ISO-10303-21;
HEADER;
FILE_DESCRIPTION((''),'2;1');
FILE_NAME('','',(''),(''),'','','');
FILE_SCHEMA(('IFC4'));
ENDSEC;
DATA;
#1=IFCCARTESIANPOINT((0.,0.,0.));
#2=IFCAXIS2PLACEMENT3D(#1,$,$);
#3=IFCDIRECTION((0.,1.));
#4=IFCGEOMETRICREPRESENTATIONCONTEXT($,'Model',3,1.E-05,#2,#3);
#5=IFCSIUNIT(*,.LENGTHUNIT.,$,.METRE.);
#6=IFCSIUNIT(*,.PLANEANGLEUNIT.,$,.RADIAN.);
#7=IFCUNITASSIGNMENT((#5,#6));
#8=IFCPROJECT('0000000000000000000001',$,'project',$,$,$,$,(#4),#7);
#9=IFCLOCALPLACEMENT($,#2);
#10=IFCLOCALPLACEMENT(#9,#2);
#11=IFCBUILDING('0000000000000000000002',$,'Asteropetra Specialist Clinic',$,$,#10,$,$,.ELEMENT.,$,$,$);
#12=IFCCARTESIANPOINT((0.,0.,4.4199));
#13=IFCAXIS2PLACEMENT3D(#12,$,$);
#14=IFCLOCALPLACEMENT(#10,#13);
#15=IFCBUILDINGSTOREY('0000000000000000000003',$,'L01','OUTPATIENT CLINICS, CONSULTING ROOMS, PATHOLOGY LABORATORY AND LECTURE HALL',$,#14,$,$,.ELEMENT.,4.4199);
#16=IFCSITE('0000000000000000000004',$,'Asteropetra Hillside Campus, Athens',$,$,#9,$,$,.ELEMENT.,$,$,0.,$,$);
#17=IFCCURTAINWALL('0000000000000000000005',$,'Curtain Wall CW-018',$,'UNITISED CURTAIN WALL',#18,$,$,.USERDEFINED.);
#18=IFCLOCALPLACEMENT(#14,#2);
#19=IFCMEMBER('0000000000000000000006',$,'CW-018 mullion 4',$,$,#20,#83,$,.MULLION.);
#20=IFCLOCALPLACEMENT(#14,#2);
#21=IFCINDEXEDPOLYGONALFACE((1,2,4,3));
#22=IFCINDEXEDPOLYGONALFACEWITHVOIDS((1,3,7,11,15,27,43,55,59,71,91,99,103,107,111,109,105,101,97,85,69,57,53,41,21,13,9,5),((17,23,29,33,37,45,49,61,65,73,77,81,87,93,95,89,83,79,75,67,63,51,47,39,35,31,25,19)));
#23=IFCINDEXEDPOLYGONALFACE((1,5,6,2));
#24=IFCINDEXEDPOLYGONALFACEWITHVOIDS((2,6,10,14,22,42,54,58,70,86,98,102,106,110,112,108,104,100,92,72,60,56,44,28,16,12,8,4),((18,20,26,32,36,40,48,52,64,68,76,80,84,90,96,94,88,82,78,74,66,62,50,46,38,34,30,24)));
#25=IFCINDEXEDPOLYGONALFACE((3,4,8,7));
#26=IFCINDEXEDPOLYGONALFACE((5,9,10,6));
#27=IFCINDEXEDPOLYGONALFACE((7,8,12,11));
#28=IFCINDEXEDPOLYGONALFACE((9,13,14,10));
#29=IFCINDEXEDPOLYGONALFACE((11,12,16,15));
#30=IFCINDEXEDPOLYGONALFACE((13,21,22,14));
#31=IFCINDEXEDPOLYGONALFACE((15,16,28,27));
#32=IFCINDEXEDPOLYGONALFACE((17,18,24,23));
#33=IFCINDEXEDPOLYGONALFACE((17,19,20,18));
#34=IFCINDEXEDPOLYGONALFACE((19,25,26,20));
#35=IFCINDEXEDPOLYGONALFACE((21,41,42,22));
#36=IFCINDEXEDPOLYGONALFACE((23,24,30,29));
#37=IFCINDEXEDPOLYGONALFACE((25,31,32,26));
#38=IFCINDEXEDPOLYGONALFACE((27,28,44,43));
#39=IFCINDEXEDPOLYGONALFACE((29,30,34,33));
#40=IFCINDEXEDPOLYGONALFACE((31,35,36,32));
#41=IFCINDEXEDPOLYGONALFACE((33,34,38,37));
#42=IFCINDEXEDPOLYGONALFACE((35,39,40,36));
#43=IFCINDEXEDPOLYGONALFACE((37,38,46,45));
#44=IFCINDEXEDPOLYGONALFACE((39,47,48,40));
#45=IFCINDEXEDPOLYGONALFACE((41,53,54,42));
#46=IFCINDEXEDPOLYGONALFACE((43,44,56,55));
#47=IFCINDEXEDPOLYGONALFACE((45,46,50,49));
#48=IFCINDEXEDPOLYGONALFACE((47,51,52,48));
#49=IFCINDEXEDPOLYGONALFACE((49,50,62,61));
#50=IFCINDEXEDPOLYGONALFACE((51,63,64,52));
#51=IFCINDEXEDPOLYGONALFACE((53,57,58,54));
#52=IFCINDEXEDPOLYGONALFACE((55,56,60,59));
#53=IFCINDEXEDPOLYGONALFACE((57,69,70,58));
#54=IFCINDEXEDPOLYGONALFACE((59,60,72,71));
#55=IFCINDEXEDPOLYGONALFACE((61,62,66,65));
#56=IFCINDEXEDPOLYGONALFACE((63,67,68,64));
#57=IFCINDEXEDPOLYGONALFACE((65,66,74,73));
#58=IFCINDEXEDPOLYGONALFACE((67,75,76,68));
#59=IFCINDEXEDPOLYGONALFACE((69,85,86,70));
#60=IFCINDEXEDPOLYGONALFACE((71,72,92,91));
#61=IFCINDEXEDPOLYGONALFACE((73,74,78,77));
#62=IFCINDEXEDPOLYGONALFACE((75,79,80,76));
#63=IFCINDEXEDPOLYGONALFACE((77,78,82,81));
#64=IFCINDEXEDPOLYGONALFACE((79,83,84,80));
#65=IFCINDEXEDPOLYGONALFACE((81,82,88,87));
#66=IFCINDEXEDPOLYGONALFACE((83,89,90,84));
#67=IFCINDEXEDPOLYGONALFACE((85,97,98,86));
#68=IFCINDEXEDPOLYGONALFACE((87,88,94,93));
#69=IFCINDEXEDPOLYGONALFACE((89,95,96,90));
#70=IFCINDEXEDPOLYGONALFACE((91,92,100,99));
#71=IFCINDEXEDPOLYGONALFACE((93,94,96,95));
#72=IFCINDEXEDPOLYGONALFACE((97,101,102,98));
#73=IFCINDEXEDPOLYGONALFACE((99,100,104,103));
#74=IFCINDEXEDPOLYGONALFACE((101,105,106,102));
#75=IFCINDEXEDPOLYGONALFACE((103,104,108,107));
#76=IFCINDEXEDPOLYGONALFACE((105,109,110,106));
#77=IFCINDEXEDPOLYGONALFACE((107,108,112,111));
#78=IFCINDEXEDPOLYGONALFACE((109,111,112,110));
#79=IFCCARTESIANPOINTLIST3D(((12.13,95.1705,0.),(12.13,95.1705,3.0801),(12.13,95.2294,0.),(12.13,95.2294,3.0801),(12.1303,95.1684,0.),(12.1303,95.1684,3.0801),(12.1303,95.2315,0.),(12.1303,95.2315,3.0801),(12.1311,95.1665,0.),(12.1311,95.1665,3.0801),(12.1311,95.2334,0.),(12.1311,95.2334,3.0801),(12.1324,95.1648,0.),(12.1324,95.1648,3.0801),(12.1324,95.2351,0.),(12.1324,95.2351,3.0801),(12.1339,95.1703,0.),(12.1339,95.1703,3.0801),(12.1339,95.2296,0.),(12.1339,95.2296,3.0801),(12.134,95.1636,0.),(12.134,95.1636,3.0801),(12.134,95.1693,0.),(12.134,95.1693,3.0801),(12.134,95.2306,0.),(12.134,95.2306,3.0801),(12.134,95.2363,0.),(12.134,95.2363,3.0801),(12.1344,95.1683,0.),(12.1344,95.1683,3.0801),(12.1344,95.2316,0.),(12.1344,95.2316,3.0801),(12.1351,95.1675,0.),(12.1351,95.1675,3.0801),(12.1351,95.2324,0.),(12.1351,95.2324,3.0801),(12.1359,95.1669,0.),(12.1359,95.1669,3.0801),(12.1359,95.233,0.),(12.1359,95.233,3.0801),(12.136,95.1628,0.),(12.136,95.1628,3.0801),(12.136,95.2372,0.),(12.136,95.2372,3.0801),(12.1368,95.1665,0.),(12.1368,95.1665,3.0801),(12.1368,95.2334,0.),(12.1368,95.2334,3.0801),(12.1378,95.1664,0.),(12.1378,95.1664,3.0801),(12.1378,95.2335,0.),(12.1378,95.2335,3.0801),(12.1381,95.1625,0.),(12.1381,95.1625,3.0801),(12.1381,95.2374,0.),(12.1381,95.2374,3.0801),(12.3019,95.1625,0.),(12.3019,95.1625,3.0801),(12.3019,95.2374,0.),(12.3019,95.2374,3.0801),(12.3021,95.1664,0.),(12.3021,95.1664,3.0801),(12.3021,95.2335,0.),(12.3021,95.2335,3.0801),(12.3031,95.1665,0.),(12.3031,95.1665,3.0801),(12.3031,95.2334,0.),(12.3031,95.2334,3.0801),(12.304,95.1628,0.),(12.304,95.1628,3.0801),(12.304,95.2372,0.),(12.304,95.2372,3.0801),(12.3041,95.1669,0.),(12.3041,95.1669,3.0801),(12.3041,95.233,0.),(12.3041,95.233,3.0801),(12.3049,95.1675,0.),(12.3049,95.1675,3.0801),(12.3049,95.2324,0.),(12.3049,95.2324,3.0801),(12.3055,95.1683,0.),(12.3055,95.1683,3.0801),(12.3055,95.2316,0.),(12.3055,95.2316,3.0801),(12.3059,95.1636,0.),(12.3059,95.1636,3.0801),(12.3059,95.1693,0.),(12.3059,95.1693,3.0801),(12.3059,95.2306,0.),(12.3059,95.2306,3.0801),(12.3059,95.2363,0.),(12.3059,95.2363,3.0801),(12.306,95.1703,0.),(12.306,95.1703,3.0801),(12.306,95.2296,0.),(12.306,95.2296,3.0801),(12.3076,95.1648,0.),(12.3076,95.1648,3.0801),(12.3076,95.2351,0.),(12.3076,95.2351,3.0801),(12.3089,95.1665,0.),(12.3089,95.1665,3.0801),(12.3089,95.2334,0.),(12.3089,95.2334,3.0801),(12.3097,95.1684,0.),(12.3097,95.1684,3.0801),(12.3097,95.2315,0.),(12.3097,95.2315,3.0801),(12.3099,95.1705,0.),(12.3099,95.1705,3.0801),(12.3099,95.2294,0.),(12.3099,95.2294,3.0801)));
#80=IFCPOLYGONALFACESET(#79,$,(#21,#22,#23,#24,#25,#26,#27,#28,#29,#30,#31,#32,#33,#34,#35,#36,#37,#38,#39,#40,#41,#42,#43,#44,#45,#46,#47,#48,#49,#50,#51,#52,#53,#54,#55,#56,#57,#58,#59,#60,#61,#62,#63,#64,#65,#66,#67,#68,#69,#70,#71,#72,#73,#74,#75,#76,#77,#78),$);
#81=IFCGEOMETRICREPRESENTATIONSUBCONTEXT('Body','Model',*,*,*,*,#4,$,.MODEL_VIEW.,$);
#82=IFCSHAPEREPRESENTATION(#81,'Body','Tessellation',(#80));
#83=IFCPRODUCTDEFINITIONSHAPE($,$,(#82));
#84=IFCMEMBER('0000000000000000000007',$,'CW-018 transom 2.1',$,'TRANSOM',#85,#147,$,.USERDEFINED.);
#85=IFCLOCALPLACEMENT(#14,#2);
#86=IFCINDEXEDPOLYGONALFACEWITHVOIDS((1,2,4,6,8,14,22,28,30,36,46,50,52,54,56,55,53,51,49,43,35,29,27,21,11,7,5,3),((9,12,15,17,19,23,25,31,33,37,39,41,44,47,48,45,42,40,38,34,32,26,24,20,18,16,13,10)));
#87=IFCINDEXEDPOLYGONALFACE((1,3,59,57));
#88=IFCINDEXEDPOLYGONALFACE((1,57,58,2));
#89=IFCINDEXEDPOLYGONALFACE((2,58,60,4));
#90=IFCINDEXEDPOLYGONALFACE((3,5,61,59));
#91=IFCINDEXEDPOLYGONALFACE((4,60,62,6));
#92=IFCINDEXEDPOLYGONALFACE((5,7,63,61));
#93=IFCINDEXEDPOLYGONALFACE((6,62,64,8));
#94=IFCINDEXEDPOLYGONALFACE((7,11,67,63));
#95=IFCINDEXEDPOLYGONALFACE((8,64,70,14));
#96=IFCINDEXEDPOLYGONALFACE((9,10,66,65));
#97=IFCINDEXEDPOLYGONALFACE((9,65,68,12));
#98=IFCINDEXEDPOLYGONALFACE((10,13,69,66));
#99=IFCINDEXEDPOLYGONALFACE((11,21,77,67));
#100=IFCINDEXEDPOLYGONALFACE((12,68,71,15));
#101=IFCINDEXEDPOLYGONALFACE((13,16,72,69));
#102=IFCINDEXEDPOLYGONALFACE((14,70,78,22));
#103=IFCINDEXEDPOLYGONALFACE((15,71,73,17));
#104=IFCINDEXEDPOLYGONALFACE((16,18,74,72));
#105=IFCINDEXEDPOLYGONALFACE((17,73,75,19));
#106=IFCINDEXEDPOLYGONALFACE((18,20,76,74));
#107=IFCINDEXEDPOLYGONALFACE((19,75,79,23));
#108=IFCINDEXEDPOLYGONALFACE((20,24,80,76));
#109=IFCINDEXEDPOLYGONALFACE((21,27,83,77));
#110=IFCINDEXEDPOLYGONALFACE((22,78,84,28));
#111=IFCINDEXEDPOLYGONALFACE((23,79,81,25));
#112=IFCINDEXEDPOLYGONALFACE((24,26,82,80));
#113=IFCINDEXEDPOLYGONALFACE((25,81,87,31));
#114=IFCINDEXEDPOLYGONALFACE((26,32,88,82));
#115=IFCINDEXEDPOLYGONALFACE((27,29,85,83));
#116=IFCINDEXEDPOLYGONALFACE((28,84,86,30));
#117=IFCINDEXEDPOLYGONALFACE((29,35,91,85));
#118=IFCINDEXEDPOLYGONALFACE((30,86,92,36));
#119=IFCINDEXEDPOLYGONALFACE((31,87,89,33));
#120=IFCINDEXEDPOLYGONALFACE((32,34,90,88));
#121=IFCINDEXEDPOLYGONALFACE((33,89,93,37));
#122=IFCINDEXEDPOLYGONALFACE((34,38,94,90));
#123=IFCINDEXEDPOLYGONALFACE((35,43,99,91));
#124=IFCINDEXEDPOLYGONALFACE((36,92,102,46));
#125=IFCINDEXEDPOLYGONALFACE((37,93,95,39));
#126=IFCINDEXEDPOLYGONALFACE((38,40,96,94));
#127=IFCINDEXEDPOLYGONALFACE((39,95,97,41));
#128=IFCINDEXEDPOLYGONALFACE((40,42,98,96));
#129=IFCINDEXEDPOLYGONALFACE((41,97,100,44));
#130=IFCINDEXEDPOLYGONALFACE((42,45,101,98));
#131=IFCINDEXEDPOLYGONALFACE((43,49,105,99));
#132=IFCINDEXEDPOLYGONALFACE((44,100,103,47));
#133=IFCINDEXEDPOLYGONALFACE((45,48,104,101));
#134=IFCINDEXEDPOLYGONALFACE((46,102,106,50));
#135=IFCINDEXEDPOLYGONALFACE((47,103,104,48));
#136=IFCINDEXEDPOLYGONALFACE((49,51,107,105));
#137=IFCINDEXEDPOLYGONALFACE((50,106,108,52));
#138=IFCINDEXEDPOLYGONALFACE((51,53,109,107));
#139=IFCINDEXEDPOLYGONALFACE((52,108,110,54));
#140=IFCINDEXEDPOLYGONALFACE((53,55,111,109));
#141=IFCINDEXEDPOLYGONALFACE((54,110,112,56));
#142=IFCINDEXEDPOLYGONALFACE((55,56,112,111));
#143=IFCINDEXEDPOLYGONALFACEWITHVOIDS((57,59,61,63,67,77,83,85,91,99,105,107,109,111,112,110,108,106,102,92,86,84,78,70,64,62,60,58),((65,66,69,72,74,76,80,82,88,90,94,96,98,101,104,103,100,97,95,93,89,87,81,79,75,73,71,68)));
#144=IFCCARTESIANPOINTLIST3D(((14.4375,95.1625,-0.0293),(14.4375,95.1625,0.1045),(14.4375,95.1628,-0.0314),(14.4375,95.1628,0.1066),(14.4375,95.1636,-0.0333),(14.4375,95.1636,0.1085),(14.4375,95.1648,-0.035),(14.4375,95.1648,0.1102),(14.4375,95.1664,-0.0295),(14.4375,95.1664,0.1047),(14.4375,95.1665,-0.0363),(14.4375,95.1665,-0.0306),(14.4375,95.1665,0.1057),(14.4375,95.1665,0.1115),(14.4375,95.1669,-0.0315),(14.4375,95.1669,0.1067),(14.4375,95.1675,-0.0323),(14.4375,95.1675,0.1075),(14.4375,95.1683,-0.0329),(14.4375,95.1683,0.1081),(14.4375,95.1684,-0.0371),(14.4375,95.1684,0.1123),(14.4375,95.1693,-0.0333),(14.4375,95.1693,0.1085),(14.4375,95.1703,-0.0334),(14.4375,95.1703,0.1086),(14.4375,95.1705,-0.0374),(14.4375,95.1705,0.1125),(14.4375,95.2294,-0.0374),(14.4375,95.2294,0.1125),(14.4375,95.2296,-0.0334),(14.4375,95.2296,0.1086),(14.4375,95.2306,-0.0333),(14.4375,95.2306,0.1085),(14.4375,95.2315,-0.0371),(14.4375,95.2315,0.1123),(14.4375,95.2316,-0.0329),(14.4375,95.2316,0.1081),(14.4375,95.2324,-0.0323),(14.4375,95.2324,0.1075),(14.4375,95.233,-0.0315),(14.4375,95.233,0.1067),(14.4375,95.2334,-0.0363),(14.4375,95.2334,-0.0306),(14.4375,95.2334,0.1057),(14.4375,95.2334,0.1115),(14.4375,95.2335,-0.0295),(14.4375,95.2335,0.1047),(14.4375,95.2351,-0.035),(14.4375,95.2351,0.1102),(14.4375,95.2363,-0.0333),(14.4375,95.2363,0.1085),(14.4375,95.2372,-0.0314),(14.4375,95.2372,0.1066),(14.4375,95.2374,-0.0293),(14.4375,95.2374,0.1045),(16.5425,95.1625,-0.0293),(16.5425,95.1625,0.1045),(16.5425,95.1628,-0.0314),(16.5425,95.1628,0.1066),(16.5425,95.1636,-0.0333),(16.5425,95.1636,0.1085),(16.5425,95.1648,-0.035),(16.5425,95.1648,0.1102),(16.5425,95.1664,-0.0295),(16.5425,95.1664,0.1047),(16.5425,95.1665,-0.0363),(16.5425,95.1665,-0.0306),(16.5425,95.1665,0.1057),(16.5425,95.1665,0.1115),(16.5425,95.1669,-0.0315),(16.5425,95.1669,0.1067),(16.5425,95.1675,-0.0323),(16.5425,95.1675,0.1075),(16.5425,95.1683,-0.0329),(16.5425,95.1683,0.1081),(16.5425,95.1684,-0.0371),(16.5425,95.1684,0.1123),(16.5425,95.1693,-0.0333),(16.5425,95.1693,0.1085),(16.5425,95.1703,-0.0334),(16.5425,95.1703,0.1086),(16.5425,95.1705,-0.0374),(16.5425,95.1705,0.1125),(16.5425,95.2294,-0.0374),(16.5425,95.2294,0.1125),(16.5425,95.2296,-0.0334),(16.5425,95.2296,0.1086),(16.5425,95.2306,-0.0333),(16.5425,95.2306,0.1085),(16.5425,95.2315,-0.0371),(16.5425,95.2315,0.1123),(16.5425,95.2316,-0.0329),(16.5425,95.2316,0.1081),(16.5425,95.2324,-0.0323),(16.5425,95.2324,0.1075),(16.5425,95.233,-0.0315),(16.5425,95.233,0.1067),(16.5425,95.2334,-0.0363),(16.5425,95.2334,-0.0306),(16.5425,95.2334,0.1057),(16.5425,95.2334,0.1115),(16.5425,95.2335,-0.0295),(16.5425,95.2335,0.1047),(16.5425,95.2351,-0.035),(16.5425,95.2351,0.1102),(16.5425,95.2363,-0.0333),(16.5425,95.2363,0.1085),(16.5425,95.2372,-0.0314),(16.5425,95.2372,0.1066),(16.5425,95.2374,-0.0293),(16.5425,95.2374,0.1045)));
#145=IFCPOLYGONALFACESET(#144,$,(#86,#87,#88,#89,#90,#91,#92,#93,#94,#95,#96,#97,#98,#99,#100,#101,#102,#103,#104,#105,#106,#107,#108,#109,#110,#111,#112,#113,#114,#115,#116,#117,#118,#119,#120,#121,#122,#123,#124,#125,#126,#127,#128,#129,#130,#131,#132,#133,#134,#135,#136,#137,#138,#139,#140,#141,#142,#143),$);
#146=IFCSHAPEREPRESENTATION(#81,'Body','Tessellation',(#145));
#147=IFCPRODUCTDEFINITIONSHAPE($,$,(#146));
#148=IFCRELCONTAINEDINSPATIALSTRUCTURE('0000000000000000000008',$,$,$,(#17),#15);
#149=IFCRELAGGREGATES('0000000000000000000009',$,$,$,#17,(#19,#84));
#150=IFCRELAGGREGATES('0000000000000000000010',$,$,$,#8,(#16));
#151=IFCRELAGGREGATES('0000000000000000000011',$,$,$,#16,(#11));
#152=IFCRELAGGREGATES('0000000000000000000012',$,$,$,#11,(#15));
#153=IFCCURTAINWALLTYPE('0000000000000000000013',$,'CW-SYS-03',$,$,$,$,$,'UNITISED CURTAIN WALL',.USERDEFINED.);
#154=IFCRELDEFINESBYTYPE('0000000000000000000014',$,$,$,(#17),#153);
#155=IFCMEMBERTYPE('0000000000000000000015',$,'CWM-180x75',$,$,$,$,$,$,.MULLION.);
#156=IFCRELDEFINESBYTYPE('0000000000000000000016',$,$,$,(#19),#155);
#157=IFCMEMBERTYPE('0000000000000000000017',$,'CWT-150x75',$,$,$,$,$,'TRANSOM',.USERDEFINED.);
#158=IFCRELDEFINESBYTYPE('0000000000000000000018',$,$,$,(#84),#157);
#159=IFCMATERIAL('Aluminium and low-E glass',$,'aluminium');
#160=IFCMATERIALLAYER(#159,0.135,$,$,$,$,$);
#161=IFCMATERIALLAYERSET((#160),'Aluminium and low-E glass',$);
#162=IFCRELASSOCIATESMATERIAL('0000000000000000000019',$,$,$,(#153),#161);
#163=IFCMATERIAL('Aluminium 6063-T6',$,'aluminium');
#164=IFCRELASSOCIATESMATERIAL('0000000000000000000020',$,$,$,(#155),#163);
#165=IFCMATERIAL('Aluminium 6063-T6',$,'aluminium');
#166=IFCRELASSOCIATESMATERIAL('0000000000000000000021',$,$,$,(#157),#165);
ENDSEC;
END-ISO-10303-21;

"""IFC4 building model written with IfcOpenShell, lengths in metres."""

from ifc_helpers import new_model, si_unit, direction, frame, origin, origin_2d, place, context, subcontext, project, spatial, hollow_rectangle, extrude, material, layer, layer_set, material_profile, profile_set, type_object, element, aggregate, save


model = new_model("IFC4")

# Units and contexts
model_context = context("Model", 3, precision=1e-05, world=origin(), true_north=direction((0.0, 1.0)))
body_context = subcontext(model_context, "Body", "Model", "MODEL_VIEW")
ifc_project = project(units=[si_unit("LENGTHUNIT", "METRE"), si_unit("PLANEANGLEUNIT", "RADIAN")], contexts=[model_context])

# Site, building, storey
site_placement = place(None, origin())
site = spatial("IfcSite", under=ifc_project, at=site_placement, Name="Asteropetra Hillside Campus, Athens", CompositionType="ELEMENT", RefElevation=0.0)
building_placement = place(site_placement, origin())
building = spatial("IfcBuilding", under=site, at=building_placement, Name="Asteropetra Specialist Clinic", CompositionType="ELEMENT")
storey_placement = place(building_placement, frame((0.0, 0.0, 4.4199)))
storey = spatial("IfcBuildingStorey", under=building, at=storey_placement, Name="L01", Description="OUTPATIENT CLINICS, CONSULTING ROOMS, PATHOLOGY LABORATORY AND LECTURE HALL", CompositionType="ELEMENT", Elevation=4.4199)

# Curtain wall, members
ifc_material_1 = material(Name="Aluminium and low-E glass", Category="aluminium")
ifc_layer_1 = layer(ifc_material_1, 0.135)
ifc_layer_set_1 = layer_set([ifc_layer_1], Name="Aluminium and low-E glass")
curtain_wall_type = type_object("IfcCurtainWallType", Name="CW-SYS-03", ElementType="UNITISED CURTAIN WALL", PredefinedType="USERDEFINED", material=ifc_layer_set_1)
curtain_wall_placement = place(storey_placement, origin())
curtain_wall = element("IfcCurtainWall", 1, at=curtain_wall_placement, inside=storey, type_object=curtain_wall_type, Name="Curtain Wall CW-018", ObjectType="UNITISED CURTAIN WALL", PredefinedType="USERDEFINED")
ifc_material_2 = material(Name="Aluminium 6063-T6", Category="aluminium")
ifc_material_profile_1 = material_profile(ifc_material_2, hollow_rectangle(XDim=0.075, YDim=0.1799, WallThickness=0.0039, InnerFilletRadius=0.0039, OuterFilletRadius=0.0081, at=origin_2d()), Name="MUL 180x75x4.0")
ifc_profile_set_1 = profile_set([ifc_material_profile_1], Name="Aluminium 6063-T6")
member_type_1 = type_object("IfcMemberType", Name="CWM-180x75", PredefinedType="MULLION", material=ifc_profile_set_1)
member_1_placement = place(storey_placement, frame((12.22, 95.2, 0.0), z_axis=(0.0, 0.0, 1.0), x_axis=(0.0, -1.0, 0.0)))
member_1 = element("IfcMember", 2, at=member_1_placement, type_object=member_type_1, Name="CW-018 mullion 4", PredefinedType="MULLION", context=body_context, shape_type="SweptSolid", body=[
    extrude(hollow_rectangle(XDim=0.075, YDim=0.1799, WallThickness=0.0039, InnerFilletRadius=0.0039, OuterFilletRadius=0.0081, at=origin_2d()), origin(), (0.0, 0.0, 1.0), 3.0801),
])
ifc_material_3 = material(Name="Aluminium 6063-T6", Category="aluminium")
ifc_material_profile_2 = material_profile(ifc_material_3, hollow_rectangle(XDim=0.075, YDim=0.1499, WallThickness=0.0039, InnerFilletRadius=0.0039, OuterFilletRadius=0.0081, at=origin_2d()), Name="TRN 150x75x4.0")
ifc_profile_set_2 = profile_set([ifc_material_profile_2], Name="Aluminium 6063-T6")
member_type_2 = type_object("IfcMemberType", Name="CWT-150x75", ElementType="TRANSOM", PredefinedType="USERDEFINED", material=ifc_profile_set_2)
member_2_placement = place(storey_placement, frame((16.5425, 95.2, 0.0376), z_axis=(-1.0, 0.0, 0.0), x_axis=(0.0, -1.0, 0.0)))
member_2 = element("IfcMember", 3, at=member_2_placement, type_object=member_type_2, Name="CW-018 transom 2.1", ObjectType="TRANSOM", PredefinedType="USERDEFINED", context=body_context, shape_type="SweptSolid", body=[
    extrude(hollow_rectangle(XDim=0.075, YDim=0.1499, WallThickness=0.0039, InnerFilletRadius=0.0039, OuterFilletRadius=0.0081, at=origin_2d()), origin(), (0.0, 0.0, 1.0), 2.105),
])
aggregate(curtain_wall, [member_1, member_2])

save(model, "model.ifc")
